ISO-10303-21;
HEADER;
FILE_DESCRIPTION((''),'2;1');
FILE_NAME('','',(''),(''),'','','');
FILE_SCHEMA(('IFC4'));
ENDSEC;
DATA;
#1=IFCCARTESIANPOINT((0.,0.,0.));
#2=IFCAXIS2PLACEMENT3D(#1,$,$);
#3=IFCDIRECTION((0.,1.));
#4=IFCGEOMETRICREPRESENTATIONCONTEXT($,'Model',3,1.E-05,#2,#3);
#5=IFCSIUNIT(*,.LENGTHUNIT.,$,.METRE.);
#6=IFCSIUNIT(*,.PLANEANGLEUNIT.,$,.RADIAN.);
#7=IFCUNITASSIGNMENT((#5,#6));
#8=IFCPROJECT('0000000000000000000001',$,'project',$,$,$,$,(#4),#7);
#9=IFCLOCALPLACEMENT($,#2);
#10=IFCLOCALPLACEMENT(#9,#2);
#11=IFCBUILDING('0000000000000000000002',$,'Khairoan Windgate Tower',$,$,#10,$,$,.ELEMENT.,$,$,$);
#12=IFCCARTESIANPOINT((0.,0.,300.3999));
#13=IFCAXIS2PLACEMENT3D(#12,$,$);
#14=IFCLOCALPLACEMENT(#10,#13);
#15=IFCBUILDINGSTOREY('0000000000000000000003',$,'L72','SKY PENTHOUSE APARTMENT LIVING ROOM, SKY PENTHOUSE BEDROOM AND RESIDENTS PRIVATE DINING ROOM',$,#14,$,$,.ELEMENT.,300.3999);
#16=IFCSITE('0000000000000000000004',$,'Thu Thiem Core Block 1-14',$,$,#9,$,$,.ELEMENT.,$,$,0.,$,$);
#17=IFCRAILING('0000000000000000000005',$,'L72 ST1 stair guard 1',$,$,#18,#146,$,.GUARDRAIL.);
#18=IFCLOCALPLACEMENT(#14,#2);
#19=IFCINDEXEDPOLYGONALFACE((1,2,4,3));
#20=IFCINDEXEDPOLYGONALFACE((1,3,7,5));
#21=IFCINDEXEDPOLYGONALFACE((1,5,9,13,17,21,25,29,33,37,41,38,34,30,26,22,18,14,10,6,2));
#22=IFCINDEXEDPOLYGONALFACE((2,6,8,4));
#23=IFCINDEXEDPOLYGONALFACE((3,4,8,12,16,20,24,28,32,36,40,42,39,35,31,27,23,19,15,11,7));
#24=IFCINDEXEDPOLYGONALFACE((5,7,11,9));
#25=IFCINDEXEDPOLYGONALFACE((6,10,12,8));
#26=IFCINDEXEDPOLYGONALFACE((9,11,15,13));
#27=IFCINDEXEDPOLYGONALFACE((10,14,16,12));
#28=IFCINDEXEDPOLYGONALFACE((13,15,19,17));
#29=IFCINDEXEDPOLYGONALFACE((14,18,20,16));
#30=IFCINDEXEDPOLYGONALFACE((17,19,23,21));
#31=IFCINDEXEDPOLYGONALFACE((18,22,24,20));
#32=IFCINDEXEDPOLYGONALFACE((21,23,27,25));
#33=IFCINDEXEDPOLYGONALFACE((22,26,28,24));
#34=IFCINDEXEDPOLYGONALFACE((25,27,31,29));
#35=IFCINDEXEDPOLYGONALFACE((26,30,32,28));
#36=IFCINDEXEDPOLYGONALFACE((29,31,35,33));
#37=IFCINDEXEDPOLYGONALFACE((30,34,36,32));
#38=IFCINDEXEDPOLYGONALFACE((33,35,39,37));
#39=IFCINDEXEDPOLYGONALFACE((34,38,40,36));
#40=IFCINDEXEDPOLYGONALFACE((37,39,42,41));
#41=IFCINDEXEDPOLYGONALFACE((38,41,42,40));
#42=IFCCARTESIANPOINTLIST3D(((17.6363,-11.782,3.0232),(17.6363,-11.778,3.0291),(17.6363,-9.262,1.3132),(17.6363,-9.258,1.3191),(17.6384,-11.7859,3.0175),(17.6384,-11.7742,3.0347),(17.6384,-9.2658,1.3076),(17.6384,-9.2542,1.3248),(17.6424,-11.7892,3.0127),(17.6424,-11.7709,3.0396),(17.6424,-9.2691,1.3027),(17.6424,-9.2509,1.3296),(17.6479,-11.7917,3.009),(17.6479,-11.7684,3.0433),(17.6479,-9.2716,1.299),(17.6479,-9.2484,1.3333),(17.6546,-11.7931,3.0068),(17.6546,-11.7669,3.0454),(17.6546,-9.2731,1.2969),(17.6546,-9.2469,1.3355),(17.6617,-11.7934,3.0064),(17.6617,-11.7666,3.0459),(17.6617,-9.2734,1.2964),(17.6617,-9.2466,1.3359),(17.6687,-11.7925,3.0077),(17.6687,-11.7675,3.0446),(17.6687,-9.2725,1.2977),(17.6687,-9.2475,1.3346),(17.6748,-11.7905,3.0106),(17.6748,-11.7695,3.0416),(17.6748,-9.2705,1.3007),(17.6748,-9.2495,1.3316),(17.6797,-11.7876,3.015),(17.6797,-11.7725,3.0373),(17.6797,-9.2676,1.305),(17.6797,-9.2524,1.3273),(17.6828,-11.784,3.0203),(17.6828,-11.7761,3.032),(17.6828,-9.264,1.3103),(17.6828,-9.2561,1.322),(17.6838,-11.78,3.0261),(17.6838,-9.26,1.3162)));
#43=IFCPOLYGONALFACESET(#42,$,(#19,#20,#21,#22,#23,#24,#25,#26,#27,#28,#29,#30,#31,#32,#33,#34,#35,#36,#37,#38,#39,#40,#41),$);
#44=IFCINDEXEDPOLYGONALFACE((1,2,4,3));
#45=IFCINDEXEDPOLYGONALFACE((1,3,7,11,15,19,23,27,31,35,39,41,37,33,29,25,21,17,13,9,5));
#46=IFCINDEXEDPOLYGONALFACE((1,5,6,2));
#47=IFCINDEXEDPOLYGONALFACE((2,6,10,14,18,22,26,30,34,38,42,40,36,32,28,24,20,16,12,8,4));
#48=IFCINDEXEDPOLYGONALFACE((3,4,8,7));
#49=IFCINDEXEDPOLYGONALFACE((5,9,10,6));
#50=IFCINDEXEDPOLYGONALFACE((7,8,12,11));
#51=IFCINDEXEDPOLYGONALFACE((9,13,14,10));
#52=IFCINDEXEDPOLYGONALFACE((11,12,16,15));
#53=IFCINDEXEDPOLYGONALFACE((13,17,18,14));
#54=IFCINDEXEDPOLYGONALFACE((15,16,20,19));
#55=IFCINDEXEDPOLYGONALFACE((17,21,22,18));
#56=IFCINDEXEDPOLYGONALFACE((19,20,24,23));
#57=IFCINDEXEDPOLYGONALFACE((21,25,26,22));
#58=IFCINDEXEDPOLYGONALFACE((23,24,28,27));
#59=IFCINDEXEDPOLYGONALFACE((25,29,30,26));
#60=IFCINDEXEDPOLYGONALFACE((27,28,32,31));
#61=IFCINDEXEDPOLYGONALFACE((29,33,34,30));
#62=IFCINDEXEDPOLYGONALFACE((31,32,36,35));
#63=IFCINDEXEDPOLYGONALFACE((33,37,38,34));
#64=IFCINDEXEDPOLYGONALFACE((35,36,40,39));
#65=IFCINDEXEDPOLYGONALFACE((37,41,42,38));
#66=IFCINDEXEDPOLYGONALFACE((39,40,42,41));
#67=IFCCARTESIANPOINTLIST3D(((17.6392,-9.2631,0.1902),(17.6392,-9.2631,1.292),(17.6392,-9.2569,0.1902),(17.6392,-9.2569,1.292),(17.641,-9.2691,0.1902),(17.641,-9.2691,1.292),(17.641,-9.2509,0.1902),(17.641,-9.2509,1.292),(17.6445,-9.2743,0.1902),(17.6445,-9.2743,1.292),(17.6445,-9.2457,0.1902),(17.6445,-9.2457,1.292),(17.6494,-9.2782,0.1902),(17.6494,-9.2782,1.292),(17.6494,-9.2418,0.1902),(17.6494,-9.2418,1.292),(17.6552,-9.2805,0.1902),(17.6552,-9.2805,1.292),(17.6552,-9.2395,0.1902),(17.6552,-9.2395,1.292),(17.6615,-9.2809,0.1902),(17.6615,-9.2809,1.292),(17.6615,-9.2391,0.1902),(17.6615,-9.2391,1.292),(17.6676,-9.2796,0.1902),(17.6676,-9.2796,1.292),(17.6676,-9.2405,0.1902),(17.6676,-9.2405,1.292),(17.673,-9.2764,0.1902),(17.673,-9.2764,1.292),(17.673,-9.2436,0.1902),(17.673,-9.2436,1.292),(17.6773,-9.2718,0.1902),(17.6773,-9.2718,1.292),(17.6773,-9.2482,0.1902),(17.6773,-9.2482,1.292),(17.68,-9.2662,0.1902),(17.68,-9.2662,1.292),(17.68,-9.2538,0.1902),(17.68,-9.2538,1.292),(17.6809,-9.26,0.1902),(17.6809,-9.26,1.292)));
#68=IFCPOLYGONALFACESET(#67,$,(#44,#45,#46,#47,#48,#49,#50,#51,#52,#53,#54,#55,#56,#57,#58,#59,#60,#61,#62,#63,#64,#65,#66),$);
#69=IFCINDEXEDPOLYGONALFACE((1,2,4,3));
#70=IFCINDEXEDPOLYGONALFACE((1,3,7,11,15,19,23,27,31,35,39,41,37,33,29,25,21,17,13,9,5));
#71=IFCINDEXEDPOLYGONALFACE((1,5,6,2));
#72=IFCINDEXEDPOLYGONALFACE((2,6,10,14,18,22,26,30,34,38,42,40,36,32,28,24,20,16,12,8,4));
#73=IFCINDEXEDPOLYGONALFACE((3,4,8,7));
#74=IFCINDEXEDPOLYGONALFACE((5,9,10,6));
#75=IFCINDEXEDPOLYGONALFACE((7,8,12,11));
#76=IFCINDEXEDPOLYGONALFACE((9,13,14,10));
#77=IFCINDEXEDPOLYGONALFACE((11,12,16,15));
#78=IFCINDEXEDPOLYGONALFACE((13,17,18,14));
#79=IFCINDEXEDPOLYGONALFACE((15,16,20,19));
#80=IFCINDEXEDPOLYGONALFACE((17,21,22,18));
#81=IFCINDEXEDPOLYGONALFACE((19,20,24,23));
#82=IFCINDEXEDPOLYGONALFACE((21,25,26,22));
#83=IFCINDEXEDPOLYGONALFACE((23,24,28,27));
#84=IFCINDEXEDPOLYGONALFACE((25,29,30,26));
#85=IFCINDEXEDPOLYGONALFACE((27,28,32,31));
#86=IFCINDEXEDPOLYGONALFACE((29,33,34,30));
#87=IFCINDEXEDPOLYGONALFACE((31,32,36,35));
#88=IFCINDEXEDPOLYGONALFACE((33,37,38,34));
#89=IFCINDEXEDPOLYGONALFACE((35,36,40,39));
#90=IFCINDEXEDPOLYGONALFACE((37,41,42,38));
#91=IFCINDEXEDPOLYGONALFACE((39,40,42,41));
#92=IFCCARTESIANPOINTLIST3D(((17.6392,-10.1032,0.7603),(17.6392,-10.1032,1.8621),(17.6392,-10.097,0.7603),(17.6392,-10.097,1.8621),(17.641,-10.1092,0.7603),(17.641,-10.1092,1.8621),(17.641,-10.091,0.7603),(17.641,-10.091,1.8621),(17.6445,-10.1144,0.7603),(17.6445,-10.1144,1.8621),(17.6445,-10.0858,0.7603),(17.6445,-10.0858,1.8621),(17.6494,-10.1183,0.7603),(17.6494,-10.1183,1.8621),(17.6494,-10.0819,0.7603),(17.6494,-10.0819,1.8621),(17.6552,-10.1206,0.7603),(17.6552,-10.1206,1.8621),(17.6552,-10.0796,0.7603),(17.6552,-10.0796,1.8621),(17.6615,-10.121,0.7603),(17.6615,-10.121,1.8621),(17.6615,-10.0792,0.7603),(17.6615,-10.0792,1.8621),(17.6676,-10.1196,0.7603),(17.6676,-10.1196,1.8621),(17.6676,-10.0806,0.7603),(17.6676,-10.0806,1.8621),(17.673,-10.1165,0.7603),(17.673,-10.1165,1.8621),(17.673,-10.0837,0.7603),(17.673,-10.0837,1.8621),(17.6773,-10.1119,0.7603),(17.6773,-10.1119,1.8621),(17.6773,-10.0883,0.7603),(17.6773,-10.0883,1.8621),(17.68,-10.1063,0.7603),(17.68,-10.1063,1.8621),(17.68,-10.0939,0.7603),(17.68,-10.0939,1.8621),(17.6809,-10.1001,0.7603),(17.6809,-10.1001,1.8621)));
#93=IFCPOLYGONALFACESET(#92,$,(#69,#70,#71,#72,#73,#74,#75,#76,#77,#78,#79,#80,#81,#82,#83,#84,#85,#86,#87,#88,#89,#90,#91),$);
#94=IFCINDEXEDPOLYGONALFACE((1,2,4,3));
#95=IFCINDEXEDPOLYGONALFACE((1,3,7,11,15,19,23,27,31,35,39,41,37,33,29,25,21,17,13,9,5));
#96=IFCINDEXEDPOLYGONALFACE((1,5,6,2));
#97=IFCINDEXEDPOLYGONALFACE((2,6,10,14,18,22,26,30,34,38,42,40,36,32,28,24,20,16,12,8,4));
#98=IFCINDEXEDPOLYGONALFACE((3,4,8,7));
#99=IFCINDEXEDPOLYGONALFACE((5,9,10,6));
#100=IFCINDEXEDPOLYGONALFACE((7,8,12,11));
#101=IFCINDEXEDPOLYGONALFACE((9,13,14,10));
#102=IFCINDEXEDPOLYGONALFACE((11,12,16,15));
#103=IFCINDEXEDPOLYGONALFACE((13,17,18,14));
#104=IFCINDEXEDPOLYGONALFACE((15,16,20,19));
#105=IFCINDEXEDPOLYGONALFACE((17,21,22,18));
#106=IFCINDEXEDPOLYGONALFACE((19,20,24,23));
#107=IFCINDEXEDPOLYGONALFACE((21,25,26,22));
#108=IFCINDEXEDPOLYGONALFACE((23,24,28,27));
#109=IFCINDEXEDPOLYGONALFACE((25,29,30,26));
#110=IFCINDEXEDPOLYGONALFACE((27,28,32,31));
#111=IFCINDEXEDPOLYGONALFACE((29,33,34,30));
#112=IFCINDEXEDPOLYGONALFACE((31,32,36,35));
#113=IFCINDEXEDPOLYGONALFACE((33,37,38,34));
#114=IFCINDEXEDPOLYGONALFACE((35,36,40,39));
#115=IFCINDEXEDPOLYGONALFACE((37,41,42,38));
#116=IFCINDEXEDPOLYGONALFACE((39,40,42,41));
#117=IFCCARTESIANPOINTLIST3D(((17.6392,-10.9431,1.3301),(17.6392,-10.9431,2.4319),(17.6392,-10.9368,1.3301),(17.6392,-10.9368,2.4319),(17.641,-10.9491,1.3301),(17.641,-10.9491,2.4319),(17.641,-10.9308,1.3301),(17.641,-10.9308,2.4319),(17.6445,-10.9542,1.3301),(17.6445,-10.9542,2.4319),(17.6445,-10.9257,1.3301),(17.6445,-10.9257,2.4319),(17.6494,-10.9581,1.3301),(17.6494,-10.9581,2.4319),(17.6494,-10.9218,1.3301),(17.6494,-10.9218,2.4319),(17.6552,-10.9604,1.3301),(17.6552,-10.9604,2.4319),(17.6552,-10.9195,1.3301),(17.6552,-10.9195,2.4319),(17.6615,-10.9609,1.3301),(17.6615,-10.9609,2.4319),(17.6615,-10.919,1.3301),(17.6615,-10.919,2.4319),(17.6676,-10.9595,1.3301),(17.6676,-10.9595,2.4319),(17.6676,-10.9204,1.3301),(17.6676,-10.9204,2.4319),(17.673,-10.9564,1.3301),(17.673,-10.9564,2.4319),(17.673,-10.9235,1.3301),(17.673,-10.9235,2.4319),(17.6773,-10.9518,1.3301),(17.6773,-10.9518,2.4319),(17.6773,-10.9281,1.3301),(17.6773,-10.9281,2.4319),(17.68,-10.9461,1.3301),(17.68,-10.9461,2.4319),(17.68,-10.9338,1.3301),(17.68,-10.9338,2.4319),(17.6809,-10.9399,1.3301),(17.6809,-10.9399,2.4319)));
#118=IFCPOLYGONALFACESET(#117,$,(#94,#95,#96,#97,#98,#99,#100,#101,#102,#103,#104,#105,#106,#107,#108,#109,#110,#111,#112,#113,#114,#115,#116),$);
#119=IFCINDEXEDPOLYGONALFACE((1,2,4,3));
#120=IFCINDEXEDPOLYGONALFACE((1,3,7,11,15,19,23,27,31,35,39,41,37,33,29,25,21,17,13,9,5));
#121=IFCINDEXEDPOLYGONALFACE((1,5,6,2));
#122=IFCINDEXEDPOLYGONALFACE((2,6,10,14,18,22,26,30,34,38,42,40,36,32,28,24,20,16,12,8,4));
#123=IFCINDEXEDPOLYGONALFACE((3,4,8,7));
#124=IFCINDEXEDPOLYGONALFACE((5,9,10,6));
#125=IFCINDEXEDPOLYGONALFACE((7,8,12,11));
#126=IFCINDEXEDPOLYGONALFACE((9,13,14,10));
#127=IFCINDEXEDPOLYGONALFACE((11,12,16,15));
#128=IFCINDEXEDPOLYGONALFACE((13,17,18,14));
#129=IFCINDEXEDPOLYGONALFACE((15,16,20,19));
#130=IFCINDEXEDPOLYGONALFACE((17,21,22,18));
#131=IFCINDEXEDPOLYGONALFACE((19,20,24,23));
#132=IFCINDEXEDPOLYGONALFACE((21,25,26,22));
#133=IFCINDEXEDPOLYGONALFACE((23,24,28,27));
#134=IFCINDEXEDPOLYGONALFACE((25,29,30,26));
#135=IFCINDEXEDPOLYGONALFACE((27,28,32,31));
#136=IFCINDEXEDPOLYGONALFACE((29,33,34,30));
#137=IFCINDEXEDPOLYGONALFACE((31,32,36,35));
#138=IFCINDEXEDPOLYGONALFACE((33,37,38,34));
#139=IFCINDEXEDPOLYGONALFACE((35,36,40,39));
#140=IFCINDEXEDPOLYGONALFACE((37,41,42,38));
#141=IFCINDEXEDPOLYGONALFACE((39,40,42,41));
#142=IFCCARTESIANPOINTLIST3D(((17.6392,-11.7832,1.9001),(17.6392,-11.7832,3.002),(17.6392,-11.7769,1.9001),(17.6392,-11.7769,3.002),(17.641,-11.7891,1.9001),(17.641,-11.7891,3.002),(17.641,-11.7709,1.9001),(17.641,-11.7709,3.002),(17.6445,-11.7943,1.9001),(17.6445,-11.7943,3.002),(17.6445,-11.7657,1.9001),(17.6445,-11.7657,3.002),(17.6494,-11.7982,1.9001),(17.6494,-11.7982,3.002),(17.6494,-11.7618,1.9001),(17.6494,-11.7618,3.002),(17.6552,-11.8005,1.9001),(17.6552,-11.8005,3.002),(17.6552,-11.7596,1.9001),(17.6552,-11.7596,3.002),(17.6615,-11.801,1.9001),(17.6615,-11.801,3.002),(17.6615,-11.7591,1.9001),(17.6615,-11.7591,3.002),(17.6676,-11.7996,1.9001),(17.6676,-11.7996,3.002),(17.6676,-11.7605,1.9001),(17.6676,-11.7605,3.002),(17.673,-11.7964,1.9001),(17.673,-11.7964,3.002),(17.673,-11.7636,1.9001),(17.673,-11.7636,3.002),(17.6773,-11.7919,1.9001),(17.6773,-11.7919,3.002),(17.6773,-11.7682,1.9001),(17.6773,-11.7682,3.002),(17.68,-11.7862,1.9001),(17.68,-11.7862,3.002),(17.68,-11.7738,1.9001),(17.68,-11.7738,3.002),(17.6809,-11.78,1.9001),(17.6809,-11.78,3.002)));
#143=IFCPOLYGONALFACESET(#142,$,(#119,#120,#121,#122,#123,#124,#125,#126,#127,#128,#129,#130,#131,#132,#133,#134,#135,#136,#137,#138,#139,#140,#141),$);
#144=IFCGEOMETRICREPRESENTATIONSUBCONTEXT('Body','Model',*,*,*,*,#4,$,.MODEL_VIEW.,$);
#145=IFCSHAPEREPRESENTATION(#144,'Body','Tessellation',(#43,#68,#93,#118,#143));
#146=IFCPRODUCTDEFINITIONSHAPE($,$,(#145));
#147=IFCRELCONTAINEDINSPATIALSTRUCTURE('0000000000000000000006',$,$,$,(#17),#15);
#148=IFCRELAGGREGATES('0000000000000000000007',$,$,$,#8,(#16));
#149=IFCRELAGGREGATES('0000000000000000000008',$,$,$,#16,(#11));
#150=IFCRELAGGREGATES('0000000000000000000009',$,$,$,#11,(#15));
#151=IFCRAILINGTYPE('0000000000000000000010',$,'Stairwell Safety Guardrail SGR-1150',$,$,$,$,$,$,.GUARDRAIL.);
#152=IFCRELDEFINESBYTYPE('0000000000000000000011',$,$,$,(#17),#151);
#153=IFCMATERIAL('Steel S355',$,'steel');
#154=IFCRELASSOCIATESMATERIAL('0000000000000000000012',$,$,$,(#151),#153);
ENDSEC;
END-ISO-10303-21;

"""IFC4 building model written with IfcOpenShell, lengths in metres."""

from ifc_helpers import new_model, si_unit, direction, frame, origin, origin_2d, place, context, subcontext, project, spatial, circle, extrude, material, type_object, element, save


model = new_model("IFC4")

# Units and contexts
model_context = context("Model", 3, precision=1e-05, world=origin(), true_north=direction((0.0, 1.0)))
body_context = subcontext(model_context, "Body", "Model", "MODEL_VIEW")
ifc_project = project(units=[si_unit("LENGTHUNIT", "METRE"), si_unit("PLANEANGLEUNIT", "RADIAN")], contexts=[model_context])

# Site, building, storey
site_placement = place(None, origin())
site = spatial("IfcSite", under=ifc_project, at=site_placement, Name="Thu Thiem Core Block 1-14", CompositionType="ELEMENT", RefElevation=0.0)
building_placement = place(site_placement, origin())
building = spatial("IfcBuilding", under=site, at=building_placement, Name="Khairoan Windgate Tower", CompositionType="ELEMENT")
storey_placement = place(building_placement, frame((0.0, 0.0, 300.3999)))
storey = spatial("IfcBuildingStorey", under=building, at=storey_placement, Name="L72", Description="SKY PENTHOUSE APARTMENT LIVING ROOM, SKY PENTHOUSE BEDROOM AND RESIDENTS PRIVATE DINING ROOM", CompositionType="ELEMENT", Elevation=300.3999)

# Railing
ifc_material_1 = material(Name="Steel S355", Category="steel")
railing_type_1 = type_object("IfcRailingType", Name="Stairwell Safety Guardrail SGR-1150", PredefinedType="GUARDRAIL", material=ifc_material_1)
railing_1_placement = place(storey_placement, frame((17.6599, -9.26, 0.1902)))
element("IfcRailing", 1, at=railing_1_placement, inside=storey, type_object=railing_type_1, Name="L72 ST1 stair guard 1", PredefinedType="GUARDRAIL", context=body_context, shape_type="SweptSolid", body=[
    extrude(circle(Radius=0.0239, at=origin_2d()), frame((0.0, 0.0, 1.126), z_axis=(0.0, -0.827484, 0.56149), x_axis=(1.0, 0.0, 0.0)), (0.0, 0.0, 1.0), 3.0454),
    extrude(circle(Radius=0.021, at=origin_2d()), origin(), (0.0, 0.0, 1.0), 1.1018),
    extrude(circle(Radius=0.021, at=origin_2d()), frame((0.0, -0.8401, 0.5701)), (0.0, 0.0, 1.0), 1.1018),
    extrude(circle(Radius=0.021, at=origin_2d()), frame((0.0, -1.6799, 1.1399)), (0.0, 0.0, 1.0), 1.1018),
    extrude(circle(Radius=0.021, at=origin_2d()), frame((0.0, -2.52, 1.71)), (0.0, 0.0, 1.0), 1.1018),
])

save(model, "model.ifc")
